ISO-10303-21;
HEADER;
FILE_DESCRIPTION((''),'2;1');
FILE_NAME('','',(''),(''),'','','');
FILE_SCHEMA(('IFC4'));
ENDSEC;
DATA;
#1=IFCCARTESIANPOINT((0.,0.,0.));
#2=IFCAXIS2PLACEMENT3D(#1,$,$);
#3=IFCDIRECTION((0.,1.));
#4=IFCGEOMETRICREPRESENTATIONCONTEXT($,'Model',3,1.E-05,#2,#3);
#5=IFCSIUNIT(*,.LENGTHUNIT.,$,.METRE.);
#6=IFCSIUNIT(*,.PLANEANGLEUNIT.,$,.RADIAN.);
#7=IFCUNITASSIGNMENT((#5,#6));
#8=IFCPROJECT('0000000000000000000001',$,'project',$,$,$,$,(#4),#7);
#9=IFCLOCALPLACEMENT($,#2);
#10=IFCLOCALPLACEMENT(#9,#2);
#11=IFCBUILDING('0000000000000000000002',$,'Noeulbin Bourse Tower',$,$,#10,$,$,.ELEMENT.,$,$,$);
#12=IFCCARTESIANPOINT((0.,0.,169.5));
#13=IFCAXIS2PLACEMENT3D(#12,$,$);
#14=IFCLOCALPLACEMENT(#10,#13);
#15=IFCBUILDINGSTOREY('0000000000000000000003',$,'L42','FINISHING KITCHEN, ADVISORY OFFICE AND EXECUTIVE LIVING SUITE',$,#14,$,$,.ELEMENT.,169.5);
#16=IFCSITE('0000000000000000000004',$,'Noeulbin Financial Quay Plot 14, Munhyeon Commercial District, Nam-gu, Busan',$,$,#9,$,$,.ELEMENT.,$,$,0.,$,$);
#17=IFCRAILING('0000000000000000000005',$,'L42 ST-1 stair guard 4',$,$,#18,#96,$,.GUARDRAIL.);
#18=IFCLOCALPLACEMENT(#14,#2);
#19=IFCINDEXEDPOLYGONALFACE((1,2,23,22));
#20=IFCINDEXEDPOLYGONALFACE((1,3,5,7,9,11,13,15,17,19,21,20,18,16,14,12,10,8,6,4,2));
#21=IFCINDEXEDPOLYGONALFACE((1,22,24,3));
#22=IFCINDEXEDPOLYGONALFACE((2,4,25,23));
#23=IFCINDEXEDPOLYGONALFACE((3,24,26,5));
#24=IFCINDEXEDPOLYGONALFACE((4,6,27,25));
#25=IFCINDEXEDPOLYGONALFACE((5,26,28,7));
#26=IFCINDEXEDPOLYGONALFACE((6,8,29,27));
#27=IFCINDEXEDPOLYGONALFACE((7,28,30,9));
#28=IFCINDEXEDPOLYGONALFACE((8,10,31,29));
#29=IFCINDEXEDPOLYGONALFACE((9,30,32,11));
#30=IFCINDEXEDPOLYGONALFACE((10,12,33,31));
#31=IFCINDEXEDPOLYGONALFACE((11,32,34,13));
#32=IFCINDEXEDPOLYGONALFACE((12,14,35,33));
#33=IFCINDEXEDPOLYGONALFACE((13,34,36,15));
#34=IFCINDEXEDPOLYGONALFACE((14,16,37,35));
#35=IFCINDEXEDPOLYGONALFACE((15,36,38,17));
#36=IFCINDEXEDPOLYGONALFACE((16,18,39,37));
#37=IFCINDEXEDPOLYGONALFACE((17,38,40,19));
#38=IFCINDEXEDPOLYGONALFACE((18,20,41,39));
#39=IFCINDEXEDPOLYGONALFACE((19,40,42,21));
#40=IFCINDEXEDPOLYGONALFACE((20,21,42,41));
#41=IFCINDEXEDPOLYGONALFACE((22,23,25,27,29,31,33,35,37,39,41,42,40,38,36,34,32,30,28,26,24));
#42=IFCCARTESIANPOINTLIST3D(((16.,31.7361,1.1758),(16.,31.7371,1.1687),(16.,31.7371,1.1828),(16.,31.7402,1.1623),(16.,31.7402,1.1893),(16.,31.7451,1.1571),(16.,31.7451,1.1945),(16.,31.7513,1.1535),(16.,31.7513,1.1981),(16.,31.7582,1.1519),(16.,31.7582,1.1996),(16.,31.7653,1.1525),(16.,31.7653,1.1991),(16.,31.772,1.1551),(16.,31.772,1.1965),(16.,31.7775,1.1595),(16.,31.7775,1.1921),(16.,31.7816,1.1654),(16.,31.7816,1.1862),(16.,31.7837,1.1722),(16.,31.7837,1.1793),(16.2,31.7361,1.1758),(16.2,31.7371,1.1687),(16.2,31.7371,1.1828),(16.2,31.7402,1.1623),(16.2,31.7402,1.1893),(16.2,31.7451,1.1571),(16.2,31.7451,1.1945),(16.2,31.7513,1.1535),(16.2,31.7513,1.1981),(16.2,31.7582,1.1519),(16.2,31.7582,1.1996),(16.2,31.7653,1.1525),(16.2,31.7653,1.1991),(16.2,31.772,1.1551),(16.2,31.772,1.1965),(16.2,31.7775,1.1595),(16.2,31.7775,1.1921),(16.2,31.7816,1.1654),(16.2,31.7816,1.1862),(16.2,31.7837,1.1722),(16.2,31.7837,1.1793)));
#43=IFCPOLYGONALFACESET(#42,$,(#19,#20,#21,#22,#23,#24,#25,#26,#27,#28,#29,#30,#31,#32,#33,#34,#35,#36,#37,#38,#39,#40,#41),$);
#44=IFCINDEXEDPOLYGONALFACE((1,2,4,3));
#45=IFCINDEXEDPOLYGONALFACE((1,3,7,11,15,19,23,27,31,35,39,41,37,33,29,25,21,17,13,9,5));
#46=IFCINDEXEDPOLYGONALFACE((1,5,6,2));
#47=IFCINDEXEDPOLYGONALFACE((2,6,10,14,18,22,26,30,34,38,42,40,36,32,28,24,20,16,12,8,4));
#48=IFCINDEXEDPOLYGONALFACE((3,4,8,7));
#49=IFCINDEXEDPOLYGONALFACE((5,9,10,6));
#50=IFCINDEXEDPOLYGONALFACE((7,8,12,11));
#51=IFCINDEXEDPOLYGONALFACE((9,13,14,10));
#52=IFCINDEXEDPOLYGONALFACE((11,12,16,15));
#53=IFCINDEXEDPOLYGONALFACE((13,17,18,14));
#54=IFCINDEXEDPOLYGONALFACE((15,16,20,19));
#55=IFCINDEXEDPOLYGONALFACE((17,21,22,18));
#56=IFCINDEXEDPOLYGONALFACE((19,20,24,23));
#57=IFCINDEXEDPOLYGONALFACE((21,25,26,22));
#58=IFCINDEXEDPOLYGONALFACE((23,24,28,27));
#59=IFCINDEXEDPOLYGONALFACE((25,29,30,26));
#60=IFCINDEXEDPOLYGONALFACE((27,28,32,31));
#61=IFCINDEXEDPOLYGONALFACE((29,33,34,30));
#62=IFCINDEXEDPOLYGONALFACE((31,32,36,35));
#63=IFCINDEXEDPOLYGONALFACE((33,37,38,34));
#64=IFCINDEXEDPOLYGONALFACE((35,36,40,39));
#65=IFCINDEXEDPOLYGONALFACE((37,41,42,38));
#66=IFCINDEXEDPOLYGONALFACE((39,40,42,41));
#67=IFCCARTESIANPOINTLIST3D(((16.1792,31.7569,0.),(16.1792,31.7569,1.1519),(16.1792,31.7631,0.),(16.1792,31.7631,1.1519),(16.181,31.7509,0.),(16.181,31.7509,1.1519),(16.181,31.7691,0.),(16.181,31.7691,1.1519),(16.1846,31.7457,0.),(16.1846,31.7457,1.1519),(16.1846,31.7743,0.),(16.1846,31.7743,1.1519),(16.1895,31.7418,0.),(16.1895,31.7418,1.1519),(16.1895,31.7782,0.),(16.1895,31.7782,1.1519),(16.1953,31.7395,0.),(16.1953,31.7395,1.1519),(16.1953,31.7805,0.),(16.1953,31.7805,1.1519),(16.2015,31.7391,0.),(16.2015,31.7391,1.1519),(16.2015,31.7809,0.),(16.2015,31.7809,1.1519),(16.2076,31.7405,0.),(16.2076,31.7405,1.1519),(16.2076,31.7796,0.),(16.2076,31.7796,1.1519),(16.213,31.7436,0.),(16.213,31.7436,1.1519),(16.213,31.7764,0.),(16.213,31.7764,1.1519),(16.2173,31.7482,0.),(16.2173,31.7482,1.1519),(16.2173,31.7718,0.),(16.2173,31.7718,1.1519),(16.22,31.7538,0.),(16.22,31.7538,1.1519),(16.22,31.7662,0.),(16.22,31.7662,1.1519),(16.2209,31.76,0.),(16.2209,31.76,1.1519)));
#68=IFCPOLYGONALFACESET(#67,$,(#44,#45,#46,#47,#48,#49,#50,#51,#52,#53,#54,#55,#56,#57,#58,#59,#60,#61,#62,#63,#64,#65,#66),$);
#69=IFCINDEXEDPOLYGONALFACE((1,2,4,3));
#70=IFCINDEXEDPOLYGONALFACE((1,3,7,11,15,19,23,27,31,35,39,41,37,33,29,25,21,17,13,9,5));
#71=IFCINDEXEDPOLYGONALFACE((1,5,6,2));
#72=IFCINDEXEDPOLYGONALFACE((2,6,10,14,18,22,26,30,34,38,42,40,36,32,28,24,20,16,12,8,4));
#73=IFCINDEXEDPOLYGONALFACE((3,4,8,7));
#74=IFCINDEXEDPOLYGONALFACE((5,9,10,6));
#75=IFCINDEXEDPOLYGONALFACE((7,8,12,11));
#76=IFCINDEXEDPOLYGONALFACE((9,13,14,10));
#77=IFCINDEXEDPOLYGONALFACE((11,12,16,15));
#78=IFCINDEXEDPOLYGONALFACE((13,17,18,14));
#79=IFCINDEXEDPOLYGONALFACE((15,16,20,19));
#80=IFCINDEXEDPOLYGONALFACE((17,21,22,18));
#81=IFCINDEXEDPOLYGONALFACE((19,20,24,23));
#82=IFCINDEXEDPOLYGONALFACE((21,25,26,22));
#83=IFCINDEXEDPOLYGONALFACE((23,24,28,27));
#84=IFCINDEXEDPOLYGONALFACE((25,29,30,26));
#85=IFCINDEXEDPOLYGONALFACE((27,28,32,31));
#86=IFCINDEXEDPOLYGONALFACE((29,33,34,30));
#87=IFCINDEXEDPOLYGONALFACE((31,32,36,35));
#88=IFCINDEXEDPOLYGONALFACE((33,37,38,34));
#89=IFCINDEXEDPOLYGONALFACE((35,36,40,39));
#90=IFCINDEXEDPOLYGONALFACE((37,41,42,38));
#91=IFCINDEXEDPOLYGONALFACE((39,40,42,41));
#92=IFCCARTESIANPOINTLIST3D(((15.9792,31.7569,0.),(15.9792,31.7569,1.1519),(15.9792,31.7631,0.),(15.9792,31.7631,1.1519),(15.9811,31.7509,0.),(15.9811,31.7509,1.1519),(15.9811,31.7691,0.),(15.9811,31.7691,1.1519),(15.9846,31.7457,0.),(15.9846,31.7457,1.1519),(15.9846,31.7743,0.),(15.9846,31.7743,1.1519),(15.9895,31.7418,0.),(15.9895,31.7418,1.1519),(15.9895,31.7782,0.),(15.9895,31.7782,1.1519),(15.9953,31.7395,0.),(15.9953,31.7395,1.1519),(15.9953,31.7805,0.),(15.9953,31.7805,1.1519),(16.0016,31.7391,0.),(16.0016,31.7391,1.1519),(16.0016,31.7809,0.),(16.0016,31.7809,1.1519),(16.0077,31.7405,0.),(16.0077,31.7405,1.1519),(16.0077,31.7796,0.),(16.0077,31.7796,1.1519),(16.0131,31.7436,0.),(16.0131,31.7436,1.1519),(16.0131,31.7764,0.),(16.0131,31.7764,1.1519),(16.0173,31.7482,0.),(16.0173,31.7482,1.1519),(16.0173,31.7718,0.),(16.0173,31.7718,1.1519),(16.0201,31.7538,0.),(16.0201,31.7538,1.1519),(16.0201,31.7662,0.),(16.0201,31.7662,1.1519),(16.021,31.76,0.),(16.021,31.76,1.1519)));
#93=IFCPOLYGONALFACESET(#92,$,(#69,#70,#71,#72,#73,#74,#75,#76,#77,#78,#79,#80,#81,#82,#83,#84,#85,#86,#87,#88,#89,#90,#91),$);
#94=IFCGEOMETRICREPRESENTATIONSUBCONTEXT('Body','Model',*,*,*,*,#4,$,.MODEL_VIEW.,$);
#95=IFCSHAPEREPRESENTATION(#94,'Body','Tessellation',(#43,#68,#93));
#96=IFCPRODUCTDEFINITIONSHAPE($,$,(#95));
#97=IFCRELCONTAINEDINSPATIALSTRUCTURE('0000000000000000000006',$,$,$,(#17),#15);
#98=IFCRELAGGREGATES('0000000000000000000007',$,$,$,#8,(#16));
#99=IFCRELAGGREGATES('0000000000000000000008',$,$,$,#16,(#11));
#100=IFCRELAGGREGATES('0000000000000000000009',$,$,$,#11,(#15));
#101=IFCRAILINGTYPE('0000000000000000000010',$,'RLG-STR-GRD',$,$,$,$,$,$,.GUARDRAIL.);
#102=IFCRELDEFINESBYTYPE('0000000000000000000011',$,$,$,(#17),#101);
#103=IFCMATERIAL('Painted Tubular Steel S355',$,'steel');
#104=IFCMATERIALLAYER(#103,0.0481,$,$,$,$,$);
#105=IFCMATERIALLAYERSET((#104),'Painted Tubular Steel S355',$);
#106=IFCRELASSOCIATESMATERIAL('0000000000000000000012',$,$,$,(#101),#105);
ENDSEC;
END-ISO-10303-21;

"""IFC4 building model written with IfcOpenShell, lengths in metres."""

from ifc_helpers import new_model, si_unit, direction, frame, origin, origin_2d, place, context, subcontext, project, spatial, circle, extrude, material, layer, layer_set, type_object, element, save


model = new_model("IFC4")

# Units and contexts
model_context = context("Model", 3, precision=1e-05, world=origin(), true_north=direction((0.0, 1.0)))
body_context = subcontext(model_context, "Body", "Model", "MODEL_VIEW")
ifc_project = project(units=[si_unit("LENGTHUNIT", "METRE"), si_unit("PLANEANGLEUNIT", "RADIAN")], contexts=[model_context])

# Site, building, storey
site_placement = place(None, origin())
site = spatial("IfcSite", under=ifc_project, at=site_placement, Name="Noeulbin Financial Quay Plot 14, Munhyeon Commercial District, Nam-gu, Busan", CompositionType="ELEMENT", RefElevation=0.0)
building_placement = place(site_placement, origin())
building = spatial("IfcBuilding", under=site, at=building_placement, Name="Noeulbin Bourse Tower", CompositionType="ELEMENT")
storey_placement = place(building_placement, frame((0.0, 0.0, 169.5)))
storey = spatial("IfcBuildingStorey", under=building, at=storey_placement, Name="L42", Description="FINISHING KITCHEN, ADVISORY OFFICE AND EXECUTIVE LIVING SUITE", CompositionType="ELEMENT", Elevation=169.5)

# Railing
ifc_material_1 = material(Name="Painted Tubular Steel S355", Category="steel")
ifc_layer_1 = layer(ifc_material_1, 0.0481)
ifc_layer_set_1 = layer_set([ifc_layer_1], Name="Painted Tubular Steel S355")
railing_type_1 = type_object("IfcRailingType", Name="RLG-STR-GRD", PredefinedType="GUARDRAIL", material=ifc_layer_set_1)
railing_1_placement = place(storey_placement, frame((16.2, 31.76, 0.0)))
element("IfcRailing", 1, at=railing_1_placement, inside=storey, type_object=railing_type_1, Name="L42 ST-1 stair guard 4", PredefinedType="GUARDRAIL", context=body_context, shape_type="SweptSolid", body=[
    extrude(circle(Radius=0.0239, at=origin_2d()), frame((0.0, 0.0, 1.1758), z_axis=(-1.0, 0.0, 0.0), x_axis=(0.0, -1.0, 0.0)), (0.0, 0.0, 1.0), 0.2),
    extrude(circle(Radius=0.021, at=origin_2d()), origin(), (0.0, 0.0, 1.0), 1.1519),
    extrude(circle(Radius=0.021, at=origin_2d()), frame((-0.2, 0.0, 0.0)), (0.0, 0.0, 1.0), 1.1519),
])

save(model, "model.ifc")
